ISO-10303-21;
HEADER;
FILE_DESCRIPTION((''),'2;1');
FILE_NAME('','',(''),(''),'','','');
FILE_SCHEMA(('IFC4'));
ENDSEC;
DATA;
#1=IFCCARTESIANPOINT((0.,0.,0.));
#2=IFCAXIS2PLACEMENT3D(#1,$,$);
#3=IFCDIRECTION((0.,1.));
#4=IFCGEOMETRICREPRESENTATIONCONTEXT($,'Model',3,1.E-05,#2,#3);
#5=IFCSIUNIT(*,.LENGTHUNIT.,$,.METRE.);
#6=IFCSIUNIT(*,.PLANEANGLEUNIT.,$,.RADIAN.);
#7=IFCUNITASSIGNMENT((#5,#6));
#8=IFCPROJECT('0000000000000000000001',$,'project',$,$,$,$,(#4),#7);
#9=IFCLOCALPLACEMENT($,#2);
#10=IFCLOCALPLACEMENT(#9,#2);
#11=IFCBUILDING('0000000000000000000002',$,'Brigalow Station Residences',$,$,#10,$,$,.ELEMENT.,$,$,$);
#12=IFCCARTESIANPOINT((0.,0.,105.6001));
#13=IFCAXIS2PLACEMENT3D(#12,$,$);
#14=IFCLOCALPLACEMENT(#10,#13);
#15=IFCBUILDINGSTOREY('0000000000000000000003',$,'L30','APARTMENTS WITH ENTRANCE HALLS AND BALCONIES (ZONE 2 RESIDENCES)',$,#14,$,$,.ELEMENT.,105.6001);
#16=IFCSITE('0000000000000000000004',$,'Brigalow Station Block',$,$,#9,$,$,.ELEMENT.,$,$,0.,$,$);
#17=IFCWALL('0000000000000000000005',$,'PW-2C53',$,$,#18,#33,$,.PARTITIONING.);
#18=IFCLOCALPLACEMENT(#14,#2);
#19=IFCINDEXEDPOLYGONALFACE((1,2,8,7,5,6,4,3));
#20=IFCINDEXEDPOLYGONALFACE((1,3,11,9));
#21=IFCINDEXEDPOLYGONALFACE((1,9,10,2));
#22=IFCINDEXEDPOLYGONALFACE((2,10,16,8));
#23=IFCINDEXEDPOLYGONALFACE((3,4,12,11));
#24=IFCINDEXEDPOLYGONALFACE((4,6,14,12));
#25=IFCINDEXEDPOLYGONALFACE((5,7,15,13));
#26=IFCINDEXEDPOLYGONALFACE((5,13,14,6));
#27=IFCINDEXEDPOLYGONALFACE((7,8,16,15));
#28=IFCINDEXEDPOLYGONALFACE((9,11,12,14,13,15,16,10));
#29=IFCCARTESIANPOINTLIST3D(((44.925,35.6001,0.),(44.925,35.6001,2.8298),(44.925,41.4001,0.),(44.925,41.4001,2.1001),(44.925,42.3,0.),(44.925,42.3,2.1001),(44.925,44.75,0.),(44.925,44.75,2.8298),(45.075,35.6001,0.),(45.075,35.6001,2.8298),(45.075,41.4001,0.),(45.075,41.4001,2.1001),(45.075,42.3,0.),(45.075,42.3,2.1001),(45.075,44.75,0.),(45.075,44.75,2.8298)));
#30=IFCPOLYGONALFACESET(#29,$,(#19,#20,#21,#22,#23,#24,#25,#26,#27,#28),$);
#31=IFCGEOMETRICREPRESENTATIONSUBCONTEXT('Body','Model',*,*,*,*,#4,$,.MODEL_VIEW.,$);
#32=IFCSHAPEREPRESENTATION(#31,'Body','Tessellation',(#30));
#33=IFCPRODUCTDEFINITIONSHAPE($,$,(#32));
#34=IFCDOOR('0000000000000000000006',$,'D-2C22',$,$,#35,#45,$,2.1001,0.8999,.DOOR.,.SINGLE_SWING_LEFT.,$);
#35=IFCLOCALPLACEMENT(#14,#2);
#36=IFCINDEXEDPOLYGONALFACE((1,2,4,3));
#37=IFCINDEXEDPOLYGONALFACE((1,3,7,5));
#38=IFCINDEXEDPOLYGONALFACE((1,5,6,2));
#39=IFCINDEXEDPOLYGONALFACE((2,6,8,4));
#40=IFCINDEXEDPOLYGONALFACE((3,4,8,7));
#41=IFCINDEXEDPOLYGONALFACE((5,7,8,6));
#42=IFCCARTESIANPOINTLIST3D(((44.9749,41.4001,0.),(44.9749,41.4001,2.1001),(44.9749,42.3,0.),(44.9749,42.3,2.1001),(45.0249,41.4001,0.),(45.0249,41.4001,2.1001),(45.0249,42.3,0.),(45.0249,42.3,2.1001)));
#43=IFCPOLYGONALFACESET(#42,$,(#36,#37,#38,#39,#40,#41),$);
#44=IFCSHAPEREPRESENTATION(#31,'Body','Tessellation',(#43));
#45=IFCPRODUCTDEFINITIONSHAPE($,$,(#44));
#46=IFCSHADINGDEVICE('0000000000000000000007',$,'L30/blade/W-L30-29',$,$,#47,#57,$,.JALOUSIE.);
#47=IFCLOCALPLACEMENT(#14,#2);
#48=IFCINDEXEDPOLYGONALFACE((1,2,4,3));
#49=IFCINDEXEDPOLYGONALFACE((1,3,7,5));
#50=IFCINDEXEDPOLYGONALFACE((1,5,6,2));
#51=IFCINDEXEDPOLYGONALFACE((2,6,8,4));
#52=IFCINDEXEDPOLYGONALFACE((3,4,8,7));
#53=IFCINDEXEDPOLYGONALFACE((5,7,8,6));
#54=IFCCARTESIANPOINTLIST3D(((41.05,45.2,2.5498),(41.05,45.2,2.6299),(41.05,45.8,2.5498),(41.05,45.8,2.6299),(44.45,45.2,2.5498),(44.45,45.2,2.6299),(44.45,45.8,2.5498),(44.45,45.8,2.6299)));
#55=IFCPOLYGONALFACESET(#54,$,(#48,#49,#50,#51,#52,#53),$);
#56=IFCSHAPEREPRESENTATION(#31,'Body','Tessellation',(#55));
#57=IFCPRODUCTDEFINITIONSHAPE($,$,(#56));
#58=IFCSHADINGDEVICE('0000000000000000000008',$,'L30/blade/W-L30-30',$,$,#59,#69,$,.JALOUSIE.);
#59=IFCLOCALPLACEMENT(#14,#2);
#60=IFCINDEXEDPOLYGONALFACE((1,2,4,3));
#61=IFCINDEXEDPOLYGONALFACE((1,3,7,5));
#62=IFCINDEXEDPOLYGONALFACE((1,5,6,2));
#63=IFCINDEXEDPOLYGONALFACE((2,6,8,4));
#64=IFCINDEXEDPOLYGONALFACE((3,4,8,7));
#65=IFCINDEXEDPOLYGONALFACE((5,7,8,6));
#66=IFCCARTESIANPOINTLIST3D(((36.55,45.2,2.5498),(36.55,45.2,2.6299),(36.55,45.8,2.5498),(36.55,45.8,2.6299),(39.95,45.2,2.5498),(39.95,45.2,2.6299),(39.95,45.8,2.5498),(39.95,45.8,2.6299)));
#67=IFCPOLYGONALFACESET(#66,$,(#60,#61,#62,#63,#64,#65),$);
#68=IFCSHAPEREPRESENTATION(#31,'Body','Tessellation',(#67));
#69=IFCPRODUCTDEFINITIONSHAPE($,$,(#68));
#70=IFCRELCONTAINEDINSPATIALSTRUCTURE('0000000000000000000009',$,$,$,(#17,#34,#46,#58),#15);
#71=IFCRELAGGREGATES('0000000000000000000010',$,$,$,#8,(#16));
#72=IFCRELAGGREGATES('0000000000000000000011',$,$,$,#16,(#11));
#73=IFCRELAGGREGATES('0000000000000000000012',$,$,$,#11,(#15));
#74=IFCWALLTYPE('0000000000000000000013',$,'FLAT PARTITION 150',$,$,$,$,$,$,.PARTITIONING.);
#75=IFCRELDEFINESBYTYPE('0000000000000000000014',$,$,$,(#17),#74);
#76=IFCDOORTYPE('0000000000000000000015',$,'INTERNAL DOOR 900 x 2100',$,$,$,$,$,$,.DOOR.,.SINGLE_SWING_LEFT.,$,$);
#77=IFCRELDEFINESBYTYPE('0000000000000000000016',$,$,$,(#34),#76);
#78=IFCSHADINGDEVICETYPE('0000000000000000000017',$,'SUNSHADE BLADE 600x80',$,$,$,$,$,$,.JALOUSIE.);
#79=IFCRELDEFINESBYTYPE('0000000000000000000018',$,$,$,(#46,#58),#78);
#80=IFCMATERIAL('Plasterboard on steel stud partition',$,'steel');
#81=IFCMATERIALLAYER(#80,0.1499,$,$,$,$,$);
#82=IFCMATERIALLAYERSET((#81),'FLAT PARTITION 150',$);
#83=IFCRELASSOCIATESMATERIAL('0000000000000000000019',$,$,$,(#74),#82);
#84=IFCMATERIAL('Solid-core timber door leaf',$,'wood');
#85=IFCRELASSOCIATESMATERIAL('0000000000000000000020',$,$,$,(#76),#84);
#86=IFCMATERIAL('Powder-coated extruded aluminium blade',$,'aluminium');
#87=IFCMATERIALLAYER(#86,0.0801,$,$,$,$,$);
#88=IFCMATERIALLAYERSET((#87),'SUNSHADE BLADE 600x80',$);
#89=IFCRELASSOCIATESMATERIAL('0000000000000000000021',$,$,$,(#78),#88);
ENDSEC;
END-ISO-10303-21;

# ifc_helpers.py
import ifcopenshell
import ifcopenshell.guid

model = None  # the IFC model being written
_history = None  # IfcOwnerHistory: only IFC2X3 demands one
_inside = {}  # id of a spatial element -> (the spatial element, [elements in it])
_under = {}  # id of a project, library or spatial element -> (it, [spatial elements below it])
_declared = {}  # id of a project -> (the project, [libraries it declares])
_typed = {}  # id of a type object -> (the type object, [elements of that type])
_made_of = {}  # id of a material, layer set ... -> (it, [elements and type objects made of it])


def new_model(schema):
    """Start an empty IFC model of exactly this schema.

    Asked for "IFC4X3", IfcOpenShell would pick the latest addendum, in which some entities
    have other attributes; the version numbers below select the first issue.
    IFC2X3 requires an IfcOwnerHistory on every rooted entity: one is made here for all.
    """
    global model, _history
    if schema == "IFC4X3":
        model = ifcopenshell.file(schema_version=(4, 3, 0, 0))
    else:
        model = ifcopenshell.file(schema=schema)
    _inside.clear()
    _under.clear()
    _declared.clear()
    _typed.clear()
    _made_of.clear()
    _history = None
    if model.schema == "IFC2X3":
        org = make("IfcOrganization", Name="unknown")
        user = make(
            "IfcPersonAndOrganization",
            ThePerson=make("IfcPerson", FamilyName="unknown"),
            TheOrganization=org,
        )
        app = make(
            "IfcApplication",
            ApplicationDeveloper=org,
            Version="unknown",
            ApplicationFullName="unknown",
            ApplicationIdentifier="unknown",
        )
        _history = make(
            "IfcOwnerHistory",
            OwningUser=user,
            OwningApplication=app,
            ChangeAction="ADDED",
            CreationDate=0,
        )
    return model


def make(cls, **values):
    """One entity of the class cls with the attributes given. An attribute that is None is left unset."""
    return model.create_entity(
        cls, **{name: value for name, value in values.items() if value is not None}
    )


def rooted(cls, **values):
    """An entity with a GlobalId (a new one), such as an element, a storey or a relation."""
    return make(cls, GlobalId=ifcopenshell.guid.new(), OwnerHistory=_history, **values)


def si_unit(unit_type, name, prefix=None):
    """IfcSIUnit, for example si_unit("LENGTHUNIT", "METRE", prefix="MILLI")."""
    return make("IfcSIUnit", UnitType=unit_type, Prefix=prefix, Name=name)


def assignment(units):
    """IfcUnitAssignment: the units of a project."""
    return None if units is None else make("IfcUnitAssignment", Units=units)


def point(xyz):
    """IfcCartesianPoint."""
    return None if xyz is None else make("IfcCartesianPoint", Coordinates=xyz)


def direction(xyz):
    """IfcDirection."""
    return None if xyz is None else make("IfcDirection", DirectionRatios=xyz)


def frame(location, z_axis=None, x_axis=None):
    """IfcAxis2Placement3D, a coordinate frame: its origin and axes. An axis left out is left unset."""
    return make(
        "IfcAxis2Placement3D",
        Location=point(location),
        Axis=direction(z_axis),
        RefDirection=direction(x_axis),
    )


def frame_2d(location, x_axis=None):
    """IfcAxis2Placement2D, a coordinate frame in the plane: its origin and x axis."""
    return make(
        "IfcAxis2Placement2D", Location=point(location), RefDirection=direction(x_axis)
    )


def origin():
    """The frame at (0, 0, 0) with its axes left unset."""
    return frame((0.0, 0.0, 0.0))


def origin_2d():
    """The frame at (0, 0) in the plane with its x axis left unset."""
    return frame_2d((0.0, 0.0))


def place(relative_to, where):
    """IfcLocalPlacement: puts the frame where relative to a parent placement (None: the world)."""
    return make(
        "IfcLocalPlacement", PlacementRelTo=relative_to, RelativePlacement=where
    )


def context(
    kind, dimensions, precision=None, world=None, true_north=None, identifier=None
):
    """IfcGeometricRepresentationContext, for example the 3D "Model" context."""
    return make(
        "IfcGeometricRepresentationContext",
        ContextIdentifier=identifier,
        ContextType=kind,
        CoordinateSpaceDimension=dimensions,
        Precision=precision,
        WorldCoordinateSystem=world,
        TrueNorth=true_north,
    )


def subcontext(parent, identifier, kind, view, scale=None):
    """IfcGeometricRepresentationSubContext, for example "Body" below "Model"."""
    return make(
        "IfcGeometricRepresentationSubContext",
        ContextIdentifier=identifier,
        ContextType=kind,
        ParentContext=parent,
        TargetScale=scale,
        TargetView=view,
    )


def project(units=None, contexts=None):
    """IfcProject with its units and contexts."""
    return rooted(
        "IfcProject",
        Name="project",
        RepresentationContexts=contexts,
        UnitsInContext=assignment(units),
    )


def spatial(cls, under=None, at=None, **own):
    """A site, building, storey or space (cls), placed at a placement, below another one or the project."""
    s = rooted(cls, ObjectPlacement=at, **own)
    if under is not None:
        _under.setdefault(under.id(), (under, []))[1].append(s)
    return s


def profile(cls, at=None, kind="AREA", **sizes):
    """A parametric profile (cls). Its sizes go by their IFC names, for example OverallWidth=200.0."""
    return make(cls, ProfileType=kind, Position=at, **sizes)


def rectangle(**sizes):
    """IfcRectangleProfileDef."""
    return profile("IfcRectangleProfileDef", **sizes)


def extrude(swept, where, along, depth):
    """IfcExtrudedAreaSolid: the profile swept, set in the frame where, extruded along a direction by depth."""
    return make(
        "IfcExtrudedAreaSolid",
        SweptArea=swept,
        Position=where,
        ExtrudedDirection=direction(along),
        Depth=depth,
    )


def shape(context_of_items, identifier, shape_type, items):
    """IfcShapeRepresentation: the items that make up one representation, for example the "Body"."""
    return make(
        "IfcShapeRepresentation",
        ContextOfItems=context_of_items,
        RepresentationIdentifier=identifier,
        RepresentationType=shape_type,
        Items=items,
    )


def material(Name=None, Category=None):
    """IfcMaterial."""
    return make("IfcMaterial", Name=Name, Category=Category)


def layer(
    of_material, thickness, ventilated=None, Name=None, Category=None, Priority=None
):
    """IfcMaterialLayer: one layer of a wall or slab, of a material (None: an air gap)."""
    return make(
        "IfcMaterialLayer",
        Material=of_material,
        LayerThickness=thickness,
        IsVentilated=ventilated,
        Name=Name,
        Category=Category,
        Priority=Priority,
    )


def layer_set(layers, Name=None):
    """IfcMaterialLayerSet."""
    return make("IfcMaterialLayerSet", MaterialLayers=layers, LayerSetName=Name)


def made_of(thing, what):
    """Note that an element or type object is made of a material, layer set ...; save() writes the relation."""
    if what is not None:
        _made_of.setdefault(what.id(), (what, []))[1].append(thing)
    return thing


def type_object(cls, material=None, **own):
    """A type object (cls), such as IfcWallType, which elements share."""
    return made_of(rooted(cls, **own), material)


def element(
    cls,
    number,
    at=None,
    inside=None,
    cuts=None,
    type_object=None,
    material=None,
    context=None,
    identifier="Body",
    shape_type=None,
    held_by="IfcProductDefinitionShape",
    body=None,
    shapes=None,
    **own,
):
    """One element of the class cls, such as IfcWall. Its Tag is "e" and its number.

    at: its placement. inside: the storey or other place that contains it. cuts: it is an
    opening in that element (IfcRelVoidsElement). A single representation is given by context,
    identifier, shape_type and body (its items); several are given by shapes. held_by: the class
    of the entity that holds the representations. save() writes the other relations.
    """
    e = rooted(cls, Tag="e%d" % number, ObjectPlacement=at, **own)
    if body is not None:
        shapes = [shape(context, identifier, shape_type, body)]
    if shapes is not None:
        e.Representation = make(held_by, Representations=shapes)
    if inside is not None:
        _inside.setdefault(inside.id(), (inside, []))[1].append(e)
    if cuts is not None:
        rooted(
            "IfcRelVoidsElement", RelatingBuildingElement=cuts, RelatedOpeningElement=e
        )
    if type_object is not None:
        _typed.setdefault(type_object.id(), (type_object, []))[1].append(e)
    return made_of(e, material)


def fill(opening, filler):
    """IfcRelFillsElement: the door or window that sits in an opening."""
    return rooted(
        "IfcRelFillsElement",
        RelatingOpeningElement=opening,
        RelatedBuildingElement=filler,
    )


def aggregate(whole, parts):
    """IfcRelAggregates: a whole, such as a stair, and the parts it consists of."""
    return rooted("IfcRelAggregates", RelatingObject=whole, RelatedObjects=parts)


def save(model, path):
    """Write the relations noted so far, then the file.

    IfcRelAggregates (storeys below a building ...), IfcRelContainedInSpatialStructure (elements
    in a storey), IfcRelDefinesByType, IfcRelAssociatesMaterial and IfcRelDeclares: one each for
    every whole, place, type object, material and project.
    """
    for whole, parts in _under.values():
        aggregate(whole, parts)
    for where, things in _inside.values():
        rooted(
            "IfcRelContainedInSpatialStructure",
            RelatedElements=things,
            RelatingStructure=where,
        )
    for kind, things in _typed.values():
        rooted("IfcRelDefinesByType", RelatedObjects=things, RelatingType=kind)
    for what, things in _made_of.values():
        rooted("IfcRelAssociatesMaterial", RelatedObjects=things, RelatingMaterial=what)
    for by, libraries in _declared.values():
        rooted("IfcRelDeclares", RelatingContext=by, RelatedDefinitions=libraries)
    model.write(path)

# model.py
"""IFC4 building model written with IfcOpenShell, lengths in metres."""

from ifc_helpers import new_model, si_unit, direction, frame, frame_2d, origin, origin_2d, place, context, subcontext, project, spatial, rectangle, extrude, material, layer, layer_set, type_object, element, fill, save


model = new_model("IFC4")

# Units and contexts
model_context = context("Model", 3, precision=1e-05, world=origin(), true_north=direction((0.0, 1.0)))
body_context = subcontext(model_context, "Body", "Model", "MODEL_VIEW")
ifc_project = project(units=[si_unit("LENGTHUNIT", "METRE"), si_unit("PLANEANGLEUNIT", "RADIAN")], contexts=[model_context])

# Site, building, storey
site_placement = place(None, origin())
site = spatial("IfcSite", under=ifc_project, at=site_placement, Name="Brigalow Station Block", CompositionType="ELEMENT", RefElevation=0.0)
building_placement = place(site_placement, origin())
building = spatial("IfcBuilding", under=site, at=building_placement, Name="Brigalow Station Residences", CompositionType="ELEMENT")
storey_placement = place(building_placement, frame((0.0, 0.0, 105.6001)))
storey = spatial("IfcBuildingStorey", under=building, at=storey_placement, Name="L30", Description="APARTMENTS WITH ENTRANCE HALLS AND BALCONIES (ZONE 2 RESIDENCES)", CompositionType="ELEMENT", Elevation=105.6001)

# Wall, opening, door
ifc_material_1 = material(Name="Plasterboard on steel stud partition", Category="steel")
ifc_layer_1 = layer(ifc_material_1, 0.1499)
ifc_layer_set_1 = layer_set([ifc_layer_1], Name="FLAT PARTITION 150")
wall_type_1 = type_object("IfcWallType", Name="FLAT PARTITION 150", PredefinedType="PARTITIONING", material=ifc_layer_set_1)
wall_1_placement = place(storey_placement, frame((45.0, 35.6001, 0.0), z_axis=(0.0, 0.0, 1.0), x_axis=(0.0, 1.0, 0.0)))
wall_1 = element("IfcWall", 1, at=wall_1_placement, inside=storey, type_object=wall_type_1, Name="PW-2C53", PredefinedType="PARTITIONING", context=body_context, shape_type="SweptSolid", body=[
    extrude(rectangle(XDim=9.1499, YDim=0.1499, at=frame_2d((4.575, 0.0))), origin(), (0.0, 0.0, 1.0), 2.8298),
])
opening_1_placement = place(wall_1_placement, frame((5.8, 0.0, 0.0)))
opening_1 = element("IfcOpeningElement", 2, at=opening_1_placement, cuts=wall_1, PredefinedType="OPENING", context=body_context, shape_type="SweptSolid", body=[
    extrude(rectangle(XDim=0.8999, YDim=2.1001, at=frame_2d((0.45, 1.05))), frame((0.0, 0.085, 0.0), z_axis=(0.0, -1.0, 0.0), x_axis=(1.0, 0.0, 0.0)), (0.0, 0.0, 1.0), 0.1699),
])
ifc_material_2 = material(Name="Solid-core timber door leaf", Category="wood")
door_type = type_object("IfcDoorType", Name="INTERNAL DOOR 900 x 2100", OperationType="SINGLE_SWING_LEFT", PredefinedType="DOOR", material=ifc_material_2)
door_placement = place(opening_1_placement, frame((0.8999, 0.0, 0.0), z_axis=(0.0, 0.0, 1.0), x_axis=(-1.0, 0.0, 0.0)))
door = element("IfcDoor", 3, at=door_placement, inside=storey, type_object=door_type, Name="D-2C22", OperationType="SINGLE_SWING_LEFT", OverallHeight=2.1001, OverallWidth=0.8999, PredefinedType="DOOR", context=body_context, shape_type="SweptSolid", body=[
    extrude(rectangle(XDim=0.8999, YDim=2.1001, at=frame_2d((0.45, 1.05))), frame((0.0, 0.0249, 0.0), z_axis=(0.0, -1.0, 0.0), x_axis=(1.0, 0.0, 0.0)), (0.0, 0.0, 1.0), 0.05),
])
fill(opening_1, door)

# Shading devices
ifc_material_3 = material(Name="Powder-coated extruded aluminium blade", Category="aluminium")
ifc_layer_2 = layer(ifc_material_3, 0.0801)
ifc_layer_set_2 = layer_set([ifc_layer_2], Name="SUNSHADE BLADE 600x80")
shading_device_type = type_object("IfcShadingDeviceType", Name="SUNSHADE BLADE 600x80", PredefinedType="JALOUSIE", material=ifc_layer_set_2)
for number, where, z_axis, x_axis, name in (
    (4, (42.75, 45.5, 2.5498), (0.0, 0.0, 1.0), (-1.0, 0.0, 0.0), "L30/blade/W-L30-29"),
    (5, (38.25, 45.5, 2.5498), (0.0, 0.0, 1.0), (-1.0, 0.0, 0.0), "L30/blade/W-L30-30"),
):
    element("IfcShadingDevice", number, at=place(storey_placement, frame(where, z_axis=z_axis, x_axis=x_axis)), inside=storey, type_object=shading_device_type, Name=name, PredefinedType="JALOUSIE", context=body_context, shape_type="SweptSolid", body=[
        extrude(rectangle(XDim=3.3999, YDim=0.6001, at=origin_2d()), origin(), (0.0, 0.0, 1.0), 0.0801),
    ])

save(model, "model.ifc")
